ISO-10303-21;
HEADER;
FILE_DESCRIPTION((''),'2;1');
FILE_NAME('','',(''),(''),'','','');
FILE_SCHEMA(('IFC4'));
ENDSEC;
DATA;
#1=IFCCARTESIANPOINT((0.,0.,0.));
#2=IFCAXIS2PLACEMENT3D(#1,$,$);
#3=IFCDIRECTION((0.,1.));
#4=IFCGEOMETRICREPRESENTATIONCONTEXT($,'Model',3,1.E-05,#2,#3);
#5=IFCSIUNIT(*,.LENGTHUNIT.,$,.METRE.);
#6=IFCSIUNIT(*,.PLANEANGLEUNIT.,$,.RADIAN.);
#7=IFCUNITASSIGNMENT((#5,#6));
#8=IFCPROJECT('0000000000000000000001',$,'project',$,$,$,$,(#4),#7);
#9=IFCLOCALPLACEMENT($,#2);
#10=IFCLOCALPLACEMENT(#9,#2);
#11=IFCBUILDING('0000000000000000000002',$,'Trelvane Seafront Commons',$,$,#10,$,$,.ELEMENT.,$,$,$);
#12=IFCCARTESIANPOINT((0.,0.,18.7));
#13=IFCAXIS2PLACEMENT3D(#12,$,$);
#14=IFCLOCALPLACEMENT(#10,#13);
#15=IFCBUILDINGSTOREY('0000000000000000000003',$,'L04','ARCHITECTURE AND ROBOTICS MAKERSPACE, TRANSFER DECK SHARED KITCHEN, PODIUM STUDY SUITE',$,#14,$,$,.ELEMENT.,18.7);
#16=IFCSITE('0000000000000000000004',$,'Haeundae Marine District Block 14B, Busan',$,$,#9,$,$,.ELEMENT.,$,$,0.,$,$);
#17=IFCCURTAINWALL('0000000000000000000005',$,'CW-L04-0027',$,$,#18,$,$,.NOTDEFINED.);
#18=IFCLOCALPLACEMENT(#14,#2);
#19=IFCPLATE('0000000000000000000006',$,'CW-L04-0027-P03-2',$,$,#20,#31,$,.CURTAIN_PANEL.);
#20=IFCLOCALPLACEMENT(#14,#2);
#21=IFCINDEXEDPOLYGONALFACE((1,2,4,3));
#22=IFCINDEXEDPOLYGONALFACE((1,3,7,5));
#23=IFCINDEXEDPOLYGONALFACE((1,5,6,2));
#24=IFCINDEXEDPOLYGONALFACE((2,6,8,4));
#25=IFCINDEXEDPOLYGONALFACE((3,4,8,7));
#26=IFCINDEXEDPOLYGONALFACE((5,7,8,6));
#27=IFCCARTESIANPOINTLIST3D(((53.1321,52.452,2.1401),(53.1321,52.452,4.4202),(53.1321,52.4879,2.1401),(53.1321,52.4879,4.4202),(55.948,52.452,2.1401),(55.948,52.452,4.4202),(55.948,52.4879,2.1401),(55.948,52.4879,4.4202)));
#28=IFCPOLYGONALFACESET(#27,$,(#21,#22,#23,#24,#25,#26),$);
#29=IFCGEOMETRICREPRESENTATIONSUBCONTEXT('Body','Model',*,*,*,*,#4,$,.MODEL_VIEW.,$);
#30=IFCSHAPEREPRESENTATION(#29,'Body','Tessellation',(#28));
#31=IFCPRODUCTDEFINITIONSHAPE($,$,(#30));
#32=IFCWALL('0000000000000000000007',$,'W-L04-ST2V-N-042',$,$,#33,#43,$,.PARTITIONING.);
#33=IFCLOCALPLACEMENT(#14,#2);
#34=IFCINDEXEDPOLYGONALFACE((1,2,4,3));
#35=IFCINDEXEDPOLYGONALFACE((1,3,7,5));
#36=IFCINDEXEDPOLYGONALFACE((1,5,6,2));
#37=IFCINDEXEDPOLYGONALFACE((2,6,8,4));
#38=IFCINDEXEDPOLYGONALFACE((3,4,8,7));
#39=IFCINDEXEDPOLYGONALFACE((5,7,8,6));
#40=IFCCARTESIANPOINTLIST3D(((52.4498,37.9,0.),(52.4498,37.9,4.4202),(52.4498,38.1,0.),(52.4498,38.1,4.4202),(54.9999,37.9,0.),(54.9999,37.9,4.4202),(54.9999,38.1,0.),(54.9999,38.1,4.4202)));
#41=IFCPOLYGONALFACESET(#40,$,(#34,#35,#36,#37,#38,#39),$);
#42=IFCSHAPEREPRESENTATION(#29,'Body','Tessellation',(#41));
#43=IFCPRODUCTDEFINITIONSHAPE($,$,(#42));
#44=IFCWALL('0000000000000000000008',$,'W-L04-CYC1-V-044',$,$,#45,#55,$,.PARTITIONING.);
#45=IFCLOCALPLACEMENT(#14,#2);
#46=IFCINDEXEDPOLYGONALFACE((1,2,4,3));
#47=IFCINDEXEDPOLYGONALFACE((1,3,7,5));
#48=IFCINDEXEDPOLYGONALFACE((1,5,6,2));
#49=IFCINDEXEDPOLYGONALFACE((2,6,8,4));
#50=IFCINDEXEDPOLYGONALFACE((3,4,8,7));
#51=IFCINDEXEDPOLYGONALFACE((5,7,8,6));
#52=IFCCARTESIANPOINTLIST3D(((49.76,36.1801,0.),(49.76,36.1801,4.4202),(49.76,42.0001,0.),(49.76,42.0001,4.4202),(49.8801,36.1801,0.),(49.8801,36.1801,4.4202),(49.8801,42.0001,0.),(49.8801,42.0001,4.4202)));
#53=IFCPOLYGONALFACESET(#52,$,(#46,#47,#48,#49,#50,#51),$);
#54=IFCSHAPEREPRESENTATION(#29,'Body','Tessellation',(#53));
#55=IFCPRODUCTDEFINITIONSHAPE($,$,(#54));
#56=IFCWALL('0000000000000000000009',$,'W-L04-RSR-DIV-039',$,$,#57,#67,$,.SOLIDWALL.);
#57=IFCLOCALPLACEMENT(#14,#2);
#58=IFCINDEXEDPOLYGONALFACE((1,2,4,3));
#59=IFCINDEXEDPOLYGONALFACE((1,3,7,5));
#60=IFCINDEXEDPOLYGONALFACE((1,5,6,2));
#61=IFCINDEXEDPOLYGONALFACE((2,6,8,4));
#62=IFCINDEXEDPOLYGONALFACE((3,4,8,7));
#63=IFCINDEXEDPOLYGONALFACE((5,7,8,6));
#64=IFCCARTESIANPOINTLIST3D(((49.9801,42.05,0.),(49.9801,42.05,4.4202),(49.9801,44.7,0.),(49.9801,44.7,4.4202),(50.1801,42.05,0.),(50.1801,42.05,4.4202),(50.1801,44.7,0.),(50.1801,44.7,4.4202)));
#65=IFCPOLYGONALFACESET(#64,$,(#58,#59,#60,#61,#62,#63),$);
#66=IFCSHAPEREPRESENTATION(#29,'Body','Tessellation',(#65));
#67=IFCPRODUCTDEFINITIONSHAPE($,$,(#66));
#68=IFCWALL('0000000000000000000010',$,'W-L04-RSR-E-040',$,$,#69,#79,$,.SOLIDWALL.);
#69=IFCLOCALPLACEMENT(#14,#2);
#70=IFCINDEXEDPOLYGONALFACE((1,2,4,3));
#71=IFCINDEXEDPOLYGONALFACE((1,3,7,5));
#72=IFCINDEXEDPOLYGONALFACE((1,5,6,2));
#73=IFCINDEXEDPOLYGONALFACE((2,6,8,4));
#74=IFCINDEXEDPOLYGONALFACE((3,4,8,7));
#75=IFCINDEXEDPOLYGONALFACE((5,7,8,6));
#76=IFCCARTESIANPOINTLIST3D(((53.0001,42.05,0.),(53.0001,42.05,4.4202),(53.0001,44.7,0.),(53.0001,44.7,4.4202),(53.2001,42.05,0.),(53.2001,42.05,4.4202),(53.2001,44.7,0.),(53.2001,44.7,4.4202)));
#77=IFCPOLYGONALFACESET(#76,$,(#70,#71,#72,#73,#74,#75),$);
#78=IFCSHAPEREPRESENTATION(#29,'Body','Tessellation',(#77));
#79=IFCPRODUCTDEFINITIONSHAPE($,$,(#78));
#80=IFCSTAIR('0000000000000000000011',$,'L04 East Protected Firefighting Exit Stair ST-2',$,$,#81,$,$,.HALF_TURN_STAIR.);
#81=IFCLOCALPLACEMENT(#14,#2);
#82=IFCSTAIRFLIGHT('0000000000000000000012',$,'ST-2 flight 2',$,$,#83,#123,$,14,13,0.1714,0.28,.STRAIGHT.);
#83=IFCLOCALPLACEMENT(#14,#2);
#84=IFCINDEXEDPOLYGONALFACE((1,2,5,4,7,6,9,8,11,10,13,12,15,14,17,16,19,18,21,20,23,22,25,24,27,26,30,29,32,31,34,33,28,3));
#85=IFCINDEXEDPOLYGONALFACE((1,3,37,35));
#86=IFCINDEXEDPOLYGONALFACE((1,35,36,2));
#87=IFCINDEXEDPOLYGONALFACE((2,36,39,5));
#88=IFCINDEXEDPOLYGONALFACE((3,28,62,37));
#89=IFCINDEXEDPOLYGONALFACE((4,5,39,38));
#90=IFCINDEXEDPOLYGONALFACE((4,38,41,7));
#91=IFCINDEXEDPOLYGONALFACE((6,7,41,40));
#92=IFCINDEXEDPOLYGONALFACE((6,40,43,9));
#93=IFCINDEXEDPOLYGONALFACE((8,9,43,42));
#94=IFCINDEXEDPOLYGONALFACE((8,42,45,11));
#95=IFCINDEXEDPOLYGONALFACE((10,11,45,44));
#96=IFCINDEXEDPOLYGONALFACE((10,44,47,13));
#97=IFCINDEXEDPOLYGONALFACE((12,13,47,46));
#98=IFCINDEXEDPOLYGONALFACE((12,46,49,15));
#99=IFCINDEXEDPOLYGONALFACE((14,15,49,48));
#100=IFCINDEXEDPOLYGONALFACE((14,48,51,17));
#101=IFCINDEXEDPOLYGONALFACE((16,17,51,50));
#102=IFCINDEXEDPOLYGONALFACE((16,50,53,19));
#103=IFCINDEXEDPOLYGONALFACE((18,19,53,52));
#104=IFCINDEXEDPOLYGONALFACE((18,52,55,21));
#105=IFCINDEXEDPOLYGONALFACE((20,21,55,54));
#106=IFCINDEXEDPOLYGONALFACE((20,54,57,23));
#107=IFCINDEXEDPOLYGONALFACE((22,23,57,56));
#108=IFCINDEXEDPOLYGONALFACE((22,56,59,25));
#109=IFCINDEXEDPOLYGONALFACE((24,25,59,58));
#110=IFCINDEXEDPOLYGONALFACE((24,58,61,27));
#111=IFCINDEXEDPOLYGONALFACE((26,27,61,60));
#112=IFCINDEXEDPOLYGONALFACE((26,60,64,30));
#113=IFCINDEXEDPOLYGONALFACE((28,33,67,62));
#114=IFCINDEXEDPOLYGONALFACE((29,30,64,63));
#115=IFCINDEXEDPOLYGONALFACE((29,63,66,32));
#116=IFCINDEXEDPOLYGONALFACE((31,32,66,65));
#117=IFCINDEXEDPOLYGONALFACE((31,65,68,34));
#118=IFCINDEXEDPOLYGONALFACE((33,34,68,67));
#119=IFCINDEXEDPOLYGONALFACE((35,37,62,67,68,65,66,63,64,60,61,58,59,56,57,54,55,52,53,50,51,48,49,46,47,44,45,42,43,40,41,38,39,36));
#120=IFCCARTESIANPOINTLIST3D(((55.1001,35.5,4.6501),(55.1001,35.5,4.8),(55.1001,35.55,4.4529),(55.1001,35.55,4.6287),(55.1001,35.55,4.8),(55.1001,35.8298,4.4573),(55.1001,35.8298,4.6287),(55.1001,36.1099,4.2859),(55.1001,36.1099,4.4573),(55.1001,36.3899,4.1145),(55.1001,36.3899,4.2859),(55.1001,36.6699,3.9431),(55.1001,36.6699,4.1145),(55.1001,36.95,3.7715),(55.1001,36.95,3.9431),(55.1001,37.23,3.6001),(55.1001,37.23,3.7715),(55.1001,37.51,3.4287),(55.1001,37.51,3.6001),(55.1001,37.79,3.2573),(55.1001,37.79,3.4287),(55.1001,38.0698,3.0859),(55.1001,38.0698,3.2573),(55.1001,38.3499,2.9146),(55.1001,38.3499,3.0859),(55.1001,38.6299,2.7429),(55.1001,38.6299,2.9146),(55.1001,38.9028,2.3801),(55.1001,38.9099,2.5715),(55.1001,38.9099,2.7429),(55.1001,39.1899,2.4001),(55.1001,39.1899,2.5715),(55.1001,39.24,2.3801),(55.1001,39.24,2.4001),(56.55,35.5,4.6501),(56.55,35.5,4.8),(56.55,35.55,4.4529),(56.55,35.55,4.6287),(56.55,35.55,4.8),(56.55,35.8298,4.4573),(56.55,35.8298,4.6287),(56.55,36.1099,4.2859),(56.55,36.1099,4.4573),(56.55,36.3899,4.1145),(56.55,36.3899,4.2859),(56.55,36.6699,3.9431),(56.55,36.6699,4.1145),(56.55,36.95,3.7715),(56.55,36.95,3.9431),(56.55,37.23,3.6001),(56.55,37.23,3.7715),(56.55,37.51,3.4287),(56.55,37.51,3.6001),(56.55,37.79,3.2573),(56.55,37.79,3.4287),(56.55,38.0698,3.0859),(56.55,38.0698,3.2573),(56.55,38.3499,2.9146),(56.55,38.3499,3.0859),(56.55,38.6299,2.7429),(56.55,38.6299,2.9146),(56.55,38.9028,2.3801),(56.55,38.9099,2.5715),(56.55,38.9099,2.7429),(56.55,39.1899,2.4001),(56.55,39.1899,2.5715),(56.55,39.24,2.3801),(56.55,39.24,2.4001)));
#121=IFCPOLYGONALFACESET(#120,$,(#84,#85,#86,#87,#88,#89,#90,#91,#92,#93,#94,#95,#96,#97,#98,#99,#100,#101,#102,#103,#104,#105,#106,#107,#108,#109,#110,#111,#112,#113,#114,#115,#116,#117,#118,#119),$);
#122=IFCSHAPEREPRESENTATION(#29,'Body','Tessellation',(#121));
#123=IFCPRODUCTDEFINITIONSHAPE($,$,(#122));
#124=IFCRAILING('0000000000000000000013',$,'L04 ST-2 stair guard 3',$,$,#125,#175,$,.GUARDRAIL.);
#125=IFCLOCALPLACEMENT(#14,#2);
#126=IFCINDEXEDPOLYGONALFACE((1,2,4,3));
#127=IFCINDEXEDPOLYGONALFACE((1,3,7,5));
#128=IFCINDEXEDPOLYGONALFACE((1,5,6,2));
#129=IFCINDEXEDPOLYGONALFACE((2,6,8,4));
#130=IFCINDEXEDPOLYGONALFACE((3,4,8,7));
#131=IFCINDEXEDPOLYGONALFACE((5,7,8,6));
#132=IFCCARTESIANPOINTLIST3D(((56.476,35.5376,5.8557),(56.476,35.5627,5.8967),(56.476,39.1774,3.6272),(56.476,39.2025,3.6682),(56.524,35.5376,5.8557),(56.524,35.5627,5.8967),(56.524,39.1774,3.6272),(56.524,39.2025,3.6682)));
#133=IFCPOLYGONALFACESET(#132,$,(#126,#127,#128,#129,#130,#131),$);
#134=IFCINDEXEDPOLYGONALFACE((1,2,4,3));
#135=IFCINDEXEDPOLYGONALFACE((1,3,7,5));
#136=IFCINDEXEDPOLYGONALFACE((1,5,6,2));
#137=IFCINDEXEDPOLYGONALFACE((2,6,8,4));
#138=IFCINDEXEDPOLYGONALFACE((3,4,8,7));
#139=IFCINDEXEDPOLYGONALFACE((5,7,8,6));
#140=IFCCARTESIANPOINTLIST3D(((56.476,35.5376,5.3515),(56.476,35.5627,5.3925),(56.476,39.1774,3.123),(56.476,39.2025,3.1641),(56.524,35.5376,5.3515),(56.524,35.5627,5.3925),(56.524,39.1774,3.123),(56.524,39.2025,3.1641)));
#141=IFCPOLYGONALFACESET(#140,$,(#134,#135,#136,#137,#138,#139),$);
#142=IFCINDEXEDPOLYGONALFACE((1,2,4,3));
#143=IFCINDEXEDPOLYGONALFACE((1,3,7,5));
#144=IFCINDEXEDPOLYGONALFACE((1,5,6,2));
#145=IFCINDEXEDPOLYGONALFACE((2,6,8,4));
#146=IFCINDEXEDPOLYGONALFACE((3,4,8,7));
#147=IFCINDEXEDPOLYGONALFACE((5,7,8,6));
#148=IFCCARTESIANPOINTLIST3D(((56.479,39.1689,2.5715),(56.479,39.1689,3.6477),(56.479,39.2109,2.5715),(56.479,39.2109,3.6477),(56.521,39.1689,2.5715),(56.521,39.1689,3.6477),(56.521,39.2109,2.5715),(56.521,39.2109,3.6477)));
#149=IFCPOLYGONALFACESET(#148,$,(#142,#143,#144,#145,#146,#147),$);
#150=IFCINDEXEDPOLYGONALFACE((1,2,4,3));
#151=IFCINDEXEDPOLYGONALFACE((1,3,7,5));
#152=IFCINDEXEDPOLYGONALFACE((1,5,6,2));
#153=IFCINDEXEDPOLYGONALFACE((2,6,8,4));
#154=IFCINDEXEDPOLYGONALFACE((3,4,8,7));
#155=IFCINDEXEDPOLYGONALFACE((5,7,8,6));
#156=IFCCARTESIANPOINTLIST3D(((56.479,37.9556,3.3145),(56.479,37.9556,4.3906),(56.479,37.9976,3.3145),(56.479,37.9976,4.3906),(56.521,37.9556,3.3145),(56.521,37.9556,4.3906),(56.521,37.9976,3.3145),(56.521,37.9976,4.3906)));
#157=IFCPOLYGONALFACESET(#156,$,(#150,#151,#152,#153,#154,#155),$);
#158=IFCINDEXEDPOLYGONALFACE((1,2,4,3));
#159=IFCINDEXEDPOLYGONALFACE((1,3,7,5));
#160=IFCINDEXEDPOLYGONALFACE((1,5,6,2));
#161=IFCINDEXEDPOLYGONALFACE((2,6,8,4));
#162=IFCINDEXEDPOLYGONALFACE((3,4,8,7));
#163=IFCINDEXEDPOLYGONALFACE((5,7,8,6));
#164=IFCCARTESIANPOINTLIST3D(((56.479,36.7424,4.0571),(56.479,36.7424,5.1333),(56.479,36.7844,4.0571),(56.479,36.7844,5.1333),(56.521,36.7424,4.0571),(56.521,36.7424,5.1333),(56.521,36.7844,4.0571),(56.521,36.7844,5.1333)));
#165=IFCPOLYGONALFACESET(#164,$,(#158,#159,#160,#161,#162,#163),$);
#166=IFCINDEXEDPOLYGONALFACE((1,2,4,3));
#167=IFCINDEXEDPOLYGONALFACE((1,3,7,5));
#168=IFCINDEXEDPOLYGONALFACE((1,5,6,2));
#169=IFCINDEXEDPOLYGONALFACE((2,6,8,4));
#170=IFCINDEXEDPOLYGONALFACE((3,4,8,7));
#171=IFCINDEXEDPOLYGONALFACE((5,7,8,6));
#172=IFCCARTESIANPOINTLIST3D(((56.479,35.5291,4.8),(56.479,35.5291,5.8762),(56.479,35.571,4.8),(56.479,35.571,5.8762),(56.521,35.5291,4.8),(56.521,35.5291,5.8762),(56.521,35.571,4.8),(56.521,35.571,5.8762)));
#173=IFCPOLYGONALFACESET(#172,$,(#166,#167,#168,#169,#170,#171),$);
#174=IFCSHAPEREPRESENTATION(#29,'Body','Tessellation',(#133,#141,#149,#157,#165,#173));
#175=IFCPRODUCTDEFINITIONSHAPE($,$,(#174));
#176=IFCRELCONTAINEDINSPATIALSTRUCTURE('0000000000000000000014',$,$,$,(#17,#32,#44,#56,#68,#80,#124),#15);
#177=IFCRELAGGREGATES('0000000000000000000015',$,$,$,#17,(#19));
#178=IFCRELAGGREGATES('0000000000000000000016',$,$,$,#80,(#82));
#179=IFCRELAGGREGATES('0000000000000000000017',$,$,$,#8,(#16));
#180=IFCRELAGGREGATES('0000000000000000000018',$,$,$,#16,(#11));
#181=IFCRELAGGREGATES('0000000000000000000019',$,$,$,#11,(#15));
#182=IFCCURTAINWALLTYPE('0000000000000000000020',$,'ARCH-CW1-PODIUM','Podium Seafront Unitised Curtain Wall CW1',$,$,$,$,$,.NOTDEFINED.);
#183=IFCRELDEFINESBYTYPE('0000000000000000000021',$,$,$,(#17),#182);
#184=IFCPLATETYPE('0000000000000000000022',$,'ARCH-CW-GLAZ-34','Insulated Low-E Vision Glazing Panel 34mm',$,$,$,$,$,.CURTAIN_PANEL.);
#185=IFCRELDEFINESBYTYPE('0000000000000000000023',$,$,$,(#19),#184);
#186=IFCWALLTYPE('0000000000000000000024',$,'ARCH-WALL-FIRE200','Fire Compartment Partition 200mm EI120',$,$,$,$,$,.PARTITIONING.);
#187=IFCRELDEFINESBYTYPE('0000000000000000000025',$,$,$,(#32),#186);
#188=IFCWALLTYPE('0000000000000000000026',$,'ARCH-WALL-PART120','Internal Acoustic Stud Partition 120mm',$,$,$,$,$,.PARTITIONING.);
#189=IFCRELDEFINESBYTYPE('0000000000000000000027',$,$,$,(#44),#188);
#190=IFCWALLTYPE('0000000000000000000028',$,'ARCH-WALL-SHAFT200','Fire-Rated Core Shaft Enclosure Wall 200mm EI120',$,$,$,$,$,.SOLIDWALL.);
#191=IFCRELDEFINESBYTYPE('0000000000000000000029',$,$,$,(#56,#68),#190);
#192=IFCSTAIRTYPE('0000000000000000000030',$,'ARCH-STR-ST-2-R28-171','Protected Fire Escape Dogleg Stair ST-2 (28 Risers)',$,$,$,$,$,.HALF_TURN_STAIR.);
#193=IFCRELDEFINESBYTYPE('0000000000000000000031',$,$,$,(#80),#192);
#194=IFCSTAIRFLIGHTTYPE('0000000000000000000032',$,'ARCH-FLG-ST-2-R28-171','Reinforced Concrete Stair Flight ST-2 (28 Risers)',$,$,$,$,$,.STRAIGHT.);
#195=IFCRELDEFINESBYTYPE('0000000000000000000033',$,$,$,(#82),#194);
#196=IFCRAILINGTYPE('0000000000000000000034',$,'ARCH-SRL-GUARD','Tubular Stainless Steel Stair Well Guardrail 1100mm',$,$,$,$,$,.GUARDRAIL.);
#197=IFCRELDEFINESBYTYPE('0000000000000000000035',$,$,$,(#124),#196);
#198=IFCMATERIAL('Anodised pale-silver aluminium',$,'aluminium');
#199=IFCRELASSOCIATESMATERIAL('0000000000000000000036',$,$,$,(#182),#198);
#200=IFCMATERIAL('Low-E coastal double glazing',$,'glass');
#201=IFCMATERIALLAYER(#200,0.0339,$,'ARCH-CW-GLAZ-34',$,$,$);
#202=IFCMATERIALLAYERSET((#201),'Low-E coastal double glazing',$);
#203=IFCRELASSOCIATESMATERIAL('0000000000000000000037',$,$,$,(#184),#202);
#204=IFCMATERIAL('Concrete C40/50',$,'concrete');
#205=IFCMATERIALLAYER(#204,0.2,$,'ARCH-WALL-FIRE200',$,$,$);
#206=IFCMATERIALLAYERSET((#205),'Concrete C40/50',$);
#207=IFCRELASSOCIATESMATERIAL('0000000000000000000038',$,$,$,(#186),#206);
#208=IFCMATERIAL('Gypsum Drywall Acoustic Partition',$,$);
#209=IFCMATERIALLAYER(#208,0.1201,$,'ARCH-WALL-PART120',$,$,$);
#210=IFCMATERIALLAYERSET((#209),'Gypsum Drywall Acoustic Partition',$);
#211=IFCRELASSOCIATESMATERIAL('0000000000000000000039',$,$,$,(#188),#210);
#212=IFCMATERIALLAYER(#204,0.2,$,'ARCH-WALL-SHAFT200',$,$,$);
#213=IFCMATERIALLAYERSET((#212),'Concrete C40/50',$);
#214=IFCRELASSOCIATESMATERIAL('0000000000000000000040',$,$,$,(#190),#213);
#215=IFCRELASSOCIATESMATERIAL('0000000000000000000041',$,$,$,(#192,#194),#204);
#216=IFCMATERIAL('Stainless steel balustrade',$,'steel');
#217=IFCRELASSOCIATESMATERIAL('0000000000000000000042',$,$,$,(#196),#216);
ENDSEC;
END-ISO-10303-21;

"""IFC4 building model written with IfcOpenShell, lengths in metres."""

from ifc_helpers import new_model, si_unit, direction, frame, frame_2d, origin, origin_2d, place, context, subcontext, project, spatial, polyline, rectangle, outline, extrude, source, transform, mapped, material, layer, layer_set, type_object, element, aggregate, save


model = new_model("IFC4")

# Units and contexts
model_context = context("Model", 3, precision=1e-05, world=origin(), true_north=direction((0.0, 1.0)))
body_context = subcontext(model_context, "Body", "Model", "MODEL_VIEW")
ifc_project = project(units=[si_unit("LENGTHUNIT", "METRE"), si_unit("PLANEANGLEUNIT", "RADIAN")], contexts=[model_context])

# Site, building, storey
site_placement = place(None, origin())
site = spatial("IfcSite", under=ifc_project, at=site_placement, Name="Haeundae Marine District Block 14B, Busan", CompositionType="ELEMENT", RefElevation=0.0)
building_placement = place(site_placement, origin())
building = spatial("IfcBuilding", under=site, at=building_placement, Name="Trelvane Seafront Commons", CompositionType="ELEMENT")
storey_placement = place(building_placement, frame((0.0, 0.0, 18.7)))
storey = spatial("IfcBuildingStorey", under=building, at=storey_placement, Name="L04", Description="ARCHITECTURE AND ROBOTICS MAKERSPACE, TRANSFER DECK SHARED KITCHEN, PODIUM STUDY SUITE", CompositionType="ELEMENT", Elevation=18.7)

# Curtain wall, plate
ifc_material_1 = material(Name="Anodised pale-silver aluminium", Category="aluminium")
curtain_wall_type = type_object("IfcCurtainWallType", Name="ARCH-CW1-PODIUM", Description="Podium Seafront Unitised Curtain Wall CW1", PredefinedType="NOTDEFINED", material=ifc_material_1)
curtain_wall_placement = place(storey_placement, origin())
curtain_wall = element("IfcCurtainWall", 1, at=curtain_wall_placement, inside=storey, type_object=curtain_wall_type, Name="CW-L04-0027", PredefinedType="NOTDEFINED")
ifc_material_2 = material(Name="Low-E coastal double glazing", Category="glass")
ifc_layer_1 = layer(ifc_material_2, 0.0339, Name="ARCH-CW-GLAZ-34")
ifc_layer_set_1 = layer_set([ifc_layer_1], Name="Low-E coastal double glazing")
plate_type = type_object("IfcPlateType", Name="ARCH-CW-GLAZ-34", Description="Insulated Low-E Vision Glazing Panel 34mm", PredefinedType="CURTAIN_PANEL", material=ifc_layer_set_1)
shared_shape_1 = source(origin(), body_context, "Body", "SweptSolid", [
    extrude(rectangle(XDim=2.8159, YDim=0.0359, at=origin_2d()), origin(), (0.0, 0.0, 1.0), 2.28),
])
plate_1_placement = place(storey_placement, frame((54.54, 52.47, 2.1401), z_axis=(0.0, 0.0, 1.0), x_axis=(1.0, 0.0, 0.0)))
plate_1 = element("IfcPlate", 2, at=plate_1_placement, type_object=plate_type, Name="CW-L04-0027-P03-2", PredefinedType="CURTAIN_PANEL", context=body_context, shape_type="MappedRepresentation", body=[
    mapped(shared_shape_1, transform((0.0, 0.0, 0.0), x_axis=(1.0, 0.0, 0.0), y_axis=(0.0, 1.0, 0.0), z_axis=(0.0, 0.0, 1.0), scale=1.0)),
])
aggregate(curtain_wall, [plate_1])

# Walls
ifc_material_3 = material(Name="Concrete C40/50", Category="concrete")
ifc_layer_2 = layer(ifc_material_3, 0.2, Name="ARCH-WALL-FIRE200")
ifc_layer_set_2 = layer_set([ifc_layer_2], Name="Concrete C40/50")
wall_type_1 = type_object("IfcWallType", Name="ARCH-WALL-FIRE200", Description="Fire Compartment Partition 200mm EI120", PredefinedType="PARTITIONING", material=ifc_layer_set_2)
wall_1_placement = place(storey_placement, frame((52.45, 38.0, 0.0), z_axis=(0.0, 0.0, 1.0), x_axis=(1.0, 0.0, 0.0)))
element("IfcWall", 3, at=wall_1_placement, inside=storey, type_object=wall_type_1, Name="W-L04-ST2V-N-042", PredefinedType="PARTITIONING", context=body_context, shape_type="SweptSolid", body=[
    extrude(rectangle(XDim=2.55, YDim=0.2, at=frame_2d((1.2749, 0.0))), origin(), (0.0, 0.0, 1.0), 4.4202),
])
ifc_material_4 = material(Name="Gypsum Drywall Acoustic Partition")
ifc_layer_3 = layer(ifc_material_4, 0.1201, Name="ARCH-WALL-PART120")
ifc_layer_set_3 = layer_set([ifc_layer_3], Name="Gypsum Drywall Acoustic Partition")
wall_type_2 = type_object("IfcWallType", Name="ARCH-WALL-PART120", Description="Internal Acoustic Stud Partition 120mm", PredefinedType="PARTITIONING", material=ifc_layer_set_3)
wall_2_placement = place(storey_placement, frame((49.8201, 36.1799, 0.0), z_axis=(0.0, 0.0, 1.0), x_axis=(0.0, 1.0, 0.0)))
element("IfcWall", 4, at=wall_2_placement, inside=storey, type_object=wall_type_2, Name="W-L04-CYC1-V-044", PredefinedType="PARTITIONING", context=body_context, shape_type="SweptSolid", body=[
    extrude(rectangle(XDim=5.8201, YDim=0.1201, at=frame_2d((2.9102, 0.0))), origin(), (0.0, 0.0, 1.0), 4.4202),
])
ifc_layer_4 = layer(ifc_material_3, 0.2, Name="ARCH-WALL-SHAFT200")
ifc_layer_set_4 = layer_set([ifc_layer_4], Name="Concrete C40/50")
wall_type_3 = type_object("IfcWallType", Name="ARCH-WALL-SHAFT200", Description="Fire-Rated Core Shaft Enclosure Wall 200mm EI120", PredefinedType="SOLIDWALL", material=ifc_layer_set_4)
for number, where, z_axis, x_axis, name in (
    (5, (50.0801, 42.05, 0.0), (0.0, 0.0, 1.0), (0.0, 1.0, 0.0), "W-L04-RSR-DIV-039"),
    (6, (53.1001, 42.05, 0.0), (0.0, 0.0, 1.0), (0.0, 1.0, 0.0), "W-L04-RSR-E-040"),
):
    element("IfcWall", number, at=place(storey_placement, frame(where, z_axis=z_axis, x_axis=x_axis)), inside=storey, type_object=wall_type_3, Name=name, PredefinedType="SOLIDWALL", context=body_context, shape_type="SweptSolid", body=[
        extrude(rectangle(XDim=2.6499, YDim=0.2, at=frame_2d((1.325, 0.0))), origin(), (0.0, 0.0, 1.0), 4.4202),
    ])

# Stair, stair flight
stair_type = type_object("IfcStairType", Name="ARCH-STR-ST-2-R28-171", Description="Protected Fire Escape Dogleg Stair ST-2 (28 Risers)", PredefinedType="HALF_TURN_STAIR", material=ifc_material_3)
stair_placement = place(storey_placement, origin())
stair = element("IfcStair", 7, at=stair_placement, inside=storey, type_object=stair_type, Name="L04 East Protected Firefighting Exit Stair ST-2", PredefinedType="HALF_TURN_STAIR")
stair_flight_type = type_object("IfcStairFlightType", Name="ARCH-FLG-ST-2-R28-171", Description="Reinforced Concrete Stair Flight ST-2 (28 Risers)", PredefinedType="STRAIGHT", material=ifc_material_3)
shared_shape_2 = source(origin(), body_context, "Body", "SweptSolid", [
    extrude(outline(polyline([(-0.05, -0.02), (-0.05, 0.0), (0.0, 0.0), (0.0, 0.1714), (0.28, 0.1714), (0.28, 0.3428), (0.5601, 0.3428), (0.5601, 0.5144), (0.8401, 0.5144), (0.8401, 0.6858), (1.1201, 0.6858), (1.1201, 0.8572), (1.3999, 0.8572), (1.3999, 1.0286), (1.6799, 1.0286), (1.6799, 1.2), (1.96, 1.2), (1.96, 1.3713), (2.24, 1.3713), (2.24, 1.543), (2.52, 1.543), (2.52, 1.7144), (2.8, 1.7144), (2.8, 1.8857), (3.0801, 1.8857), (3.0801, 2.0571), (3.3601, 2.0571), (3.3601, 2.2285), (3.6399, 2.2285), (3.6399, 2.3999), (3.6899, 2.3999), (3.6899, 2.25), (3.6399, 2.0527), (0.2871, -0.02), (-0.05, -0.02)])), frame((0.0, 0.7251, 0.0), z_axis=(0.0, -1.0, 0.0), x_axis=(1.0, 0.0, 0.0)), (0.0, 0.0, 1.0), 1.45),
])
stair_flight_placement = place(storey_placement, frame((55.825, 39.1899, 2.4001), z_axis=(0.0, 0.0, 1.0), x_axis=(0.0, -1.0, 0.0)))
stair_flight = element("IfcStairFlight", 8, at=stair_flight_placement, type_object=stair_flight_type, Name="ST-2 flight 2", NumberOfRisers=14, NumberOfTreads=13, PredefinedType="STRAIGHT", RiserHeight=0.1714, TreadLength=0.28, context=body_context, shape_type="MappedRepresentation", body=[
    mapped(shared_shape_2, transform((0.0, 0.0, 0.0), x_axis=(1.0, 0.0, 0.0), y_axis=(0.0, 1.0, 0.0), z_axis=(0.0, 0.0, 1.0), scale=1.0)),
])
aggregate(stair, [stair_flight])

# Railing
ifc_material_5 = material(Name="Stainless steel balustrade", Category="steel")
railing_type_1 = type_object("IfcRailingType", Name="ARCH-SRL-GUARD", Description="Tubular Stainless Steel Stair Well Guardrail 1100mm", PredefinedType="GUARDRAIL", material=ifc_material_5)
railing_1_placement = place(storey_placement, frame((56.5, 39.1899, 2.5715)))
element("IfcRailing", 9, at=railing_1_placement, inside=storey, type_object=railing_type_1, Name="L04 ST-2 stair guard 3", PredefinedType="GUARDRAIL", context=body_context, shape_type="SweptSolid", body=[
    extrude(rectangle(XDim=0.0481, YDim=0.0481, at=origin_2d()), frame((0.0, 0.0, 1.0762), z_axis=(0.0, -0.85285, 0.522156), x_axis=(1.0, 0.0, 0.0)), (0.0, 0.0, 1.0), 4.2678),
    extrude(rectangle(XDim=0.0481, YDim=0.0481, at=origin_2d()), frame((0.0, 0.0, 0.572), z_axis=(0.0, -0.85285, 0.522156), x_axis=(1.0, 0.0, 0.0)), (0.0, 0.0, 1.0), 4.2678),
    extrude(rectangle(XDim=0.042, YDim=0.042, at=origin_2d()), origin(), (0.0, 0.0, 1.0), 1.0762),
    extrude(rectangle(XDim=0.042, YDim=0.042, at=origin_2d()), frame((0.0, -1.2134, 0.7429)), (0.0, 0.0, 1.0), 1.0762),
    extrude(rectangle(XDim=0.042, YDim=0.042, at=origin_2d()), frame((0.0, -2.4265, 1.4856)), (0.0, 0.0, 1.0), 1.0762),
    extrude(rectangle(XDim=0.042, YDim=0.042, at=origin_2d()), frame((0.0, -3.6399, 2.2285)), (0.0, 0.0, 1.0), 1.0762),
])

save(model, "model.ifc")
